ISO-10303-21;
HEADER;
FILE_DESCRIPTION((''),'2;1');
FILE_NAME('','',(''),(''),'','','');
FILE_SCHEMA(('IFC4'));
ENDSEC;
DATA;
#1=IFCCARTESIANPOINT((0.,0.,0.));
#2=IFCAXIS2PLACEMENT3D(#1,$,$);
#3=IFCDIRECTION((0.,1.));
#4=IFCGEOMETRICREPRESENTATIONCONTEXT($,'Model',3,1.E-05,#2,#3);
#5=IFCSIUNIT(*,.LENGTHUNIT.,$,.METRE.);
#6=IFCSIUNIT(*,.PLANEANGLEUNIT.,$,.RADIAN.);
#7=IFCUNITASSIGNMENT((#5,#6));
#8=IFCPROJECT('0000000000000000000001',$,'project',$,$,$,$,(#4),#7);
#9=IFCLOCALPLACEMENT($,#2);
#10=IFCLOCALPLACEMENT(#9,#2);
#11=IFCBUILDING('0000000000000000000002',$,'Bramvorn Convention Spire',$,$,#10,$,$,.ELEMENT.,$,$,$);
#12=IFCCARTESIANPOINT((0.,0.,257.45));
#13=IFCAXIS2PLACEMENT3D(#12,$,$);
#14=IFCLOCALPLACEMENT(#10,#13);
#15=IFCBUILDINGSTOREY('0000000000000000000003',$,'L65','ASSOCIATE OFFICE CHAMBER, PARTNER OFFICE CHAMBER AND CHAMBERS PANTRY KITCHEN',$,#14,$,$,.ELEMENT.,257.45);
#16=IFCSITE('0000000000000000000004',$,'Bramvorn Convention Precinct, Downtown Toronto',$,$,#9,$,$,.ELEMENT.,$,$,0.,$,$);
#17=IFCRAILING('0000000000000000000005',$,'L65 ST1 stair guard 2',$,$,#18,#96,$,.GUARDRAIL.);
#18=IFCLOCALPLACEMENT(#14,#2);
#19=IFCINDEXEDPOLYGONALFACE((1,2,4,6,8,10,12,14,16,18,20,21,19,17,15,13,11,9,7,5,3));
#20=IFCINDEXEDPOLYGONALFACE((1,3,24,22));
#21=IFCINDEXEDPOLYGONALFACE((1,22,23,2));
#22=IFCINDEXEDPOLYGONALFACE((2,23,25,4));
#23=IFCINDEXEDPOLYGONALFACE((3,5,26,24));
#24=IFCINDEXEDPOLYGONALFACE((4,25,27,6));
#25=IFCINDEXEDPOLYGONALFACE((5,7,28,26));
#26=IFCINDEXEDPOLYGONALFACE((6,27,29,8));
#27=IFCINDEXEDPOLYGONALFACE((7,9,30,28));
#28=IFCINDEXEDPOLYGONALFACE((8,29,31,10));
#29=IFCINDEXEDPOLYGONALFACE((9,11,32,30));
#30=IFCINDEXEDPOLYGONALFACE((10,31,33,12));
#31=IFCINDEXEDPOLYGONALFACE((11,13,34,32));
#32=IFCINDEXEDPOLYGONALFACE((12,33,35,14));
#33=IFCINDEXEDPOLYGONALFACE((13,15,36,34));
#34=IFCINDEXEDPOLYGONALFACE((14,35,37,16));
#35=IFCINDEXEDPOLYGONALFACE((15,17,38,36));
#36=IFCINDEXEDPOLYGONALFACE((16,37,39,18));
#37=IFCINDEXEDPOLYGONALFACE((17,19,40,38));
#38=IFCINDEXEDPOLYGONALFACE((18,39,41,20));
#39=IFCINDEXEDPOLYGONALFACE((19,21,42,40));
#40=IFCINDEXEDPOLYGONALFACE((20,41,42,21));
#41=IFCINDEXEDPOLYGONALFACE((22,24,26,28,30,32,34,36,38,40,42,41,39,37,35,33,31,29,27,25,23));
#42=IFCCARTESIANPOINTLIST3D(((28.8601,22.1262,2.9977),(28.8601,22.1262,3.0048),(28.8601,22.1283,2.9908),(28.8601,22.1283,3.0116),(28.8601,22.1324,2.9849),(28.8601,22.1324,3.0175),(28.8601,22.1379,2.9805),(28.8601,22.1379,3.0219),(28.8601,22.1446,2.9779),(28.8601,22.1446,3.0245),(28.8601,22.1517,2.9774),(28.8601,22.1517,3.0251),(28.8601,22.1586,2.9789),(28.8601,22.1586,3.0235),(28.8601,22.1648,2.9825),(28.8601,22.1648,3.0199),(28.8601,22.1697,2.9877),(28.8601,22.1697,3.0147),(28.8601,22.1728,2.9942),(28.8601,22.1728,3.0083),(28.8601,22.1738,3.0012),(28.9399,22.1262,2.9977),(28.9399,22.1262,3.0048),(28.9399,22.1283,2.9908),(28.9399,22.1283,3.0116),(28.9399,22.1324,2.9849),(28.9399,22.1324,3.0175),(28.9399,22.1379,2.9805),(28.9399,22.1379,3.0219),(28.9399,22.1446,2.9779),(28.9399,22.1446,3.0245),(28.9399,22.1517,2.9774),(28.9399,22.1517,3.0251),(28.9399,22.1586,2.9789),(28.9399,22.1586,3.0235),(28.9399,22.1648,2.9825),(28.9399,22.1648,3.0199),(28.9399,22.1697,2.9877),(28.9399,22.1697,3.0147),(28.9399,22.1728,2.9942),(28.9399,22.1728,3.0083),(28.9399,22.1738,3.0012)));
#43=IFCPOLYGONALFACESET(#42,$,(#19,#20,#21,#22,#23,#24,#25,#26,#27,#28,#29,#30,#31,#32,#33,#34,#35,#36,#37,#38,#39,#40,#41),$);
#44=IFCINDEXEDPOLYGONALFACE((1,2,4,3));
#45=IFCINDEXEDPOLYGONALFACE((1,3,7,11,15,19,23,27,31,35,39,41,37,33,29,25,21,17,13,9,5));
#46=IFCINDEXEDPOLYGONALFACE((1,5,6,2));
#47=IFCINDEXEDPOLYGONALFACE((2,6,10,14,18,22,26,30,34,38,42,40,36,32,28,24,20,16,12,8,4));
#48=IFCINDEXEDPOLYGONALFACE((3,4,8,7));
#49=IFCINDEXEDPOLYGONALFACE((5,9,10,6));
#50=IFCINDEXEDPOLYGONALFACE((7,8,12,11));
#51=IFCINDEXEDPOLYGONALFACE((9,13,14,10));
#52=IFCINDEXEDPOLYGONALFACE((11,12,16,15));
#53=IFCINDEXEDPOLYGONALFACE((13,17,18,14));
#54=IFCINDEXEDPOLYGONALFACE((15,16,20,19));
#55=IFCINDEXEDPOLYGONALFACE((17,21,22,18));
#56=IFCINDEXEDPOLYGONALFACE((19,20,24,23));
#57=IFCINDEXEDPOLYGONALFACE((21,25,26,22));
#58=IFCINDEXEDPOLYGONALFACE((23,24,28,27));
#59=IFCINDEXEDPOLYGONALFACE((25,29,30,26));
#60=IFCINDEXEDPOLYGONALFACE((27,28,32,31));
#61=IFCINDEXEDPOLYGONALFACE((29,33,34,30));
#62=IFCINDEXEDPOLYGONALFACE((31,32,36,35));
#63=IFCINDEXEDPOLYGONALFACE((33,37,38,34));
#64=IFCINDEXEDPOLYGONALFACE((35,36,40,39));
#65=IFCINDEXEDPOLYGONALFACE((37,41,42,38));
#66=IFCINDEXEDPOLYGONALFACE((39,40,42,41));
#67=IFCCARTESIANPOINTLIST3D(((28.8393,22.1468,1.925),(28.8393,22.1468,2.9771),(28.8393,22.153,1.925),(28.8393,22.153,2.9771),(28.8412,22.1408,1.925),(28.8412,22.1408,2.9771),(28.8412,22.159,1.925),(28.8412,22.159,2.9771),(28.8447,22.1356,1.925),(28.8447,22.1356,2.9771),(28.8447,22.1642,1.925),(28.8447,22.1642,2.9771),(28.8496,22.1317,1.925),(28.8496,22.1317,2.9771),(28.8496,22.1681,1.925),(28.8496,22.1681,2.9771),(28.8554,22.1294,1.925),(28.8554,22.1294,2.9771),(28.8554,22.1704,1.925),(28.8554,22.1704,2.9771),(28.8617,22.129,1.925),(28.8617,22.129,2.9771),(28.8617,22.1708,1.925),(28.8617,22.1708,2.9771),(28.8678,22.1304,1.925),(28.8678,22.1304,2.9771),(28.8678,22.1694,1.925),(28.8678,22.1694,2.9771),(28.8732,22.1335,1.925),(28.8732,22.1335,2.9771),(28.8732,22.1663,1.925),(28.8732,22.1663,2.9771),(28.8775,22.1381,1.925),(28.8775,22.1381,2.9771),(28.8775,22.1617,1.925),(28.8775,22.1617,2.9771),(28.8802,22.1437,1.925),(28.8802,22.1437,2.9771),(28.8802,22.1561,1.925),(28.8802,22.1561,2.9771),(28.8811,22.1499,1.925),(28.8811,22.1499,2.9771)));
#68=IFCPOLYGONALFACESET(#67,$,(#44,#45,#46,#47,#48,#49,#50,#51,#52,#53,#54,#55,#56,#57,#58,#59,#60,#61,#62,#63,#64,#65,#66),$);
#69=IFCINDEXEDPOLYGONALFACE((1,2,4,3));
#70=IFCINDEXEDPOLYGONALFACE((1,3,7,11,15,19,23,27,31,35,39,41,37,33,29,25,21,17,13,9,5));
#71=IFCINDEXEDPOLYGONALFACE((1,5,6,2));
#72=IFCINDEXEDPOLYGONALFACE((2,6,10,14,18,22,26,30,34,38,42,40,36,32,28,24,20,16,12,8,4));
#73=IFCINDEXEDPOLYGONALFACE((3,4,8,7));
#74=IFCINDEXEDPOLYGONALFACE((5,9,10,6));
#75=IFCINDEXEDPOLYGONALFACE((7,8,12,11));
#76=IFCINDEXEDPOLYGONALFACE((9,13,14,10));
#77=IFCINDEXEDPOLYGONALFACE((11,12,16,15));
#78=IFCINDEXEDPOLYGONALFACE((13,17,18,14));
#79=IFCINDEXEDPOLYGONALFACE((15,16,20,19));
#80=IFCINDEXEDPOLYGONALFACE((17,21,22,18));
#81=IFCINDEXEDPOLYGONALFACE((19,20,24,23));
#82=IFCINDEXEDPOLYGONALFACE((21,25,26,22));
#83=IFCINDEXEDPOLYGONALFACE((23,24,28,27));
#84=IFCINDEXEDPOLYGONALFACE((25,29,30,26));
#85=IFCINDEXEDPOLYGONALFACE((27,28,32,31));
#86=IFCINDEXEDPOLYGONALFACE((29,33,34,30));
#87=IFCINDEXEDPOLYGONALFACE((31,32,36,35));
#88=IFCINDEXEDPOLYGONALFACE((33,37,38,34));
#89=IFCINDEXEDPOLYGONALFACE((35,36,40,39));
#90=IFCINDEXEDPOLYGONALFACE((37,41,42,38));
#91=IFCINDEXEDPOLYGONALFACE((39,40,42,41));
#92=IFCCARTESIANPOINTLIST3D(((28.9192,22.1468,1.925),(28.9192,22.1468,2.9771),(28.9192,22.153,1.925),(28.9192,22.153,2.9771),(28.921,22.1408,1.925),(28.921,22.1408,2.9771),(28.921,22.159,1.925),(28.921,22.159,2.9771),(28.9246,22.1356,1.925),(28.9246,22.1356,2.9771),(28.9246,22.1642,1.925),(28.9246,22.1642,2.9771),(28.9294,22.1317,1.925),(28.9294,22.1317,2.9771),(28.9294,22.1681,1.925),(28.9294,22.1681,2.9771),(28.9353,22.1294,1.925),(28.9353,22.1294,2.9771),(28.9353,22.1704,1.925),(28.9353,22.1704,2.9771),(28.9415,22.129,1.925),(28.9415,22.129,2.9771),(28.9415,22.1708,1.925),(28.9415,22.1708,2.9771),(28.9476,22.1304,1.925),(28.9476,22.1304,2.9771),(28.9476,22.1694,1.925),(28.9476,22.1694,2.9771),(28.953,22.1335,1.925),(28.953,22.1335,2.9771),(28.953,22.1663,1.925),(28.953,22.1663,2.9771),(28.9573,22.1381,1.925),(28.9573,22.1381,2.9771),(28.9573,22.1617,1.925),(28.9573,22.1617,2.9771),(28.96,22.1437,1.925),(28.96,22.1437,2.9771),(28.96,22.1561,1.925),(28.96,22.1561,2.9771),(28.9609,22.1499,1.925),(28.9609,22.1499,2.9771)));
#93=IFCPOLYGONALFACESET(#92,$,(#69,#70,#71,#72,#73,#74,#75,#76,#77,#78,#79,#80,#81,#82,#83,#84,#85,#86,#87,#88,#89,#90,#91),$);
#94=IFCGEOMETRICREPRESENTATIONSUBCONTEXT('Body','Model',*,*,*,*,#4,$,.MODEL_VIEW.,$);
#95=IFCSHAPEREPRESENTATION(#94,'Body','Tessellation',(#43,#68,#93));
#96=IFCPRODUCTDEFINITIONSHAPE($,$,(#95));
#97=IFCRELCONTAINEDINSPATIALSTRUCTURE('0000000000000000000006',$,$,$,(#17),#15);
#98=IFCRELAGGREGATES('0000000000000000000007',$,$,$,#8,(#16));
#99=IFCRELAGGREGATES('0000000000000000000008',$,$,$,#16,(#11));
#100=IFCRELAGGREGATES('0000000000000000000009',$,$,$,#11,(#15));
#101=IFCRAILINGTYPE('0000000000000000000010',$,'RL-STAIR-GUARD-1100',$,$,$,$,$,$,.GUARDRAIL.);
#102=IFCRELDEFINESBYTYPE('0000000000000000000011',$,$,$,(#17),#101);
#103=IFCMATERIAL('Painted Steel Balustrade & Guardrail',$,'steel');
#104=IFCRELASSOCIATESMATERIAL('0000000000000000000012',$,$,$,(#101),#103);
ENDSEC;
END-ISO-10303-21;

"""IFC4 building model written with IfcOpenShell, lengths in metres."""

from ifc_helpers import new_model, si_unit, direction, frame, origin, origin_2d, place, context, subcontext, project, spatial, circle, extrude, material, type_object, element, save


model = new_model("IFC4")

# Units and contexts
model_context = context("Model", 3, precision=1e-05, world=origin(), true_north=direction((0.0, 1.0)))
body_context = subcontext(model_context, "Body", "Model", "MODEL_VIEW")
ifc_project = project(units=[si_unit("LENGTHUNIT", "METRE"), si_unit("PLANEANGLEUNIT", "RADIAN")], contexts=[model_context])

# Site, building, storey
site_placement = place(None, origin())
site = spatial("IfcSite", under=ifc_project, at=site_placement, Name="Bramvorn Convention Precinct, Downtown Toronto", CompositionType="ELEMENT", RefElevation=0.0)
building_placement = place(site_placement, origin())
building = spatial("IfcBuilding", under=site, at=building_placement, Name="Bramvorn Convention Spire", CompositionType="ELEMENT")
storey_placement = place(building_placement, frame((0.0, 0.0, 257.45)))
storey = spatial("IfcBuildingStorey", under=building, at=storey_placement, Name="L65", Description="ASSOCIATE OFFICE CHAMBER, PARTNER OFFICE CHAMBER AND CHAMBERS PANTRY KITCHEN", CompositionType="ELEMENT", Elevation=257.45)

# Railing
ifc_material_1 = material(Name="Painted Steel Balustrade & Guardrail", Category="steel")
railing_type_1 = type_object("IfcRailingType", Name="RL-STAIR-GUARD-1100", PredefinedType="GUARDRAIL", material=ifc_material_1)
railing_1_placement = place(storey_placement, frame((28.8601, 22.1499, 1.925)))
element("IfcRailing", 1, at=railing_1_placement, inside=storey, type_object=railing_type_1, Name="L65 ST1 stair guard 2", PredefinedType="GUARDRAIL", context=body_context, shape_type="SweptSolid", body=[
    extrude(circle(Radius=0.0239, at=origin_2d()), frame((0.0, 0.0, 1.0762), z_axis=(1.0, 0.0, 0.0), x_axis=(0.0, 1.0, 0.0)), (0.0, 0.0, 1.0), 0.0798),
    extrude(circle(Radius=0.021, at=origin_2d()), origin(), (0.0, 0.0, 1.0), 1.052),
    extrude(circle(Radius=0.021, at=origin_2d()), frame((0.0798, 0.0, 0.0)), (0.0, 0.0, 1.0), 1.052),
])

save(model, "model.ifc")
